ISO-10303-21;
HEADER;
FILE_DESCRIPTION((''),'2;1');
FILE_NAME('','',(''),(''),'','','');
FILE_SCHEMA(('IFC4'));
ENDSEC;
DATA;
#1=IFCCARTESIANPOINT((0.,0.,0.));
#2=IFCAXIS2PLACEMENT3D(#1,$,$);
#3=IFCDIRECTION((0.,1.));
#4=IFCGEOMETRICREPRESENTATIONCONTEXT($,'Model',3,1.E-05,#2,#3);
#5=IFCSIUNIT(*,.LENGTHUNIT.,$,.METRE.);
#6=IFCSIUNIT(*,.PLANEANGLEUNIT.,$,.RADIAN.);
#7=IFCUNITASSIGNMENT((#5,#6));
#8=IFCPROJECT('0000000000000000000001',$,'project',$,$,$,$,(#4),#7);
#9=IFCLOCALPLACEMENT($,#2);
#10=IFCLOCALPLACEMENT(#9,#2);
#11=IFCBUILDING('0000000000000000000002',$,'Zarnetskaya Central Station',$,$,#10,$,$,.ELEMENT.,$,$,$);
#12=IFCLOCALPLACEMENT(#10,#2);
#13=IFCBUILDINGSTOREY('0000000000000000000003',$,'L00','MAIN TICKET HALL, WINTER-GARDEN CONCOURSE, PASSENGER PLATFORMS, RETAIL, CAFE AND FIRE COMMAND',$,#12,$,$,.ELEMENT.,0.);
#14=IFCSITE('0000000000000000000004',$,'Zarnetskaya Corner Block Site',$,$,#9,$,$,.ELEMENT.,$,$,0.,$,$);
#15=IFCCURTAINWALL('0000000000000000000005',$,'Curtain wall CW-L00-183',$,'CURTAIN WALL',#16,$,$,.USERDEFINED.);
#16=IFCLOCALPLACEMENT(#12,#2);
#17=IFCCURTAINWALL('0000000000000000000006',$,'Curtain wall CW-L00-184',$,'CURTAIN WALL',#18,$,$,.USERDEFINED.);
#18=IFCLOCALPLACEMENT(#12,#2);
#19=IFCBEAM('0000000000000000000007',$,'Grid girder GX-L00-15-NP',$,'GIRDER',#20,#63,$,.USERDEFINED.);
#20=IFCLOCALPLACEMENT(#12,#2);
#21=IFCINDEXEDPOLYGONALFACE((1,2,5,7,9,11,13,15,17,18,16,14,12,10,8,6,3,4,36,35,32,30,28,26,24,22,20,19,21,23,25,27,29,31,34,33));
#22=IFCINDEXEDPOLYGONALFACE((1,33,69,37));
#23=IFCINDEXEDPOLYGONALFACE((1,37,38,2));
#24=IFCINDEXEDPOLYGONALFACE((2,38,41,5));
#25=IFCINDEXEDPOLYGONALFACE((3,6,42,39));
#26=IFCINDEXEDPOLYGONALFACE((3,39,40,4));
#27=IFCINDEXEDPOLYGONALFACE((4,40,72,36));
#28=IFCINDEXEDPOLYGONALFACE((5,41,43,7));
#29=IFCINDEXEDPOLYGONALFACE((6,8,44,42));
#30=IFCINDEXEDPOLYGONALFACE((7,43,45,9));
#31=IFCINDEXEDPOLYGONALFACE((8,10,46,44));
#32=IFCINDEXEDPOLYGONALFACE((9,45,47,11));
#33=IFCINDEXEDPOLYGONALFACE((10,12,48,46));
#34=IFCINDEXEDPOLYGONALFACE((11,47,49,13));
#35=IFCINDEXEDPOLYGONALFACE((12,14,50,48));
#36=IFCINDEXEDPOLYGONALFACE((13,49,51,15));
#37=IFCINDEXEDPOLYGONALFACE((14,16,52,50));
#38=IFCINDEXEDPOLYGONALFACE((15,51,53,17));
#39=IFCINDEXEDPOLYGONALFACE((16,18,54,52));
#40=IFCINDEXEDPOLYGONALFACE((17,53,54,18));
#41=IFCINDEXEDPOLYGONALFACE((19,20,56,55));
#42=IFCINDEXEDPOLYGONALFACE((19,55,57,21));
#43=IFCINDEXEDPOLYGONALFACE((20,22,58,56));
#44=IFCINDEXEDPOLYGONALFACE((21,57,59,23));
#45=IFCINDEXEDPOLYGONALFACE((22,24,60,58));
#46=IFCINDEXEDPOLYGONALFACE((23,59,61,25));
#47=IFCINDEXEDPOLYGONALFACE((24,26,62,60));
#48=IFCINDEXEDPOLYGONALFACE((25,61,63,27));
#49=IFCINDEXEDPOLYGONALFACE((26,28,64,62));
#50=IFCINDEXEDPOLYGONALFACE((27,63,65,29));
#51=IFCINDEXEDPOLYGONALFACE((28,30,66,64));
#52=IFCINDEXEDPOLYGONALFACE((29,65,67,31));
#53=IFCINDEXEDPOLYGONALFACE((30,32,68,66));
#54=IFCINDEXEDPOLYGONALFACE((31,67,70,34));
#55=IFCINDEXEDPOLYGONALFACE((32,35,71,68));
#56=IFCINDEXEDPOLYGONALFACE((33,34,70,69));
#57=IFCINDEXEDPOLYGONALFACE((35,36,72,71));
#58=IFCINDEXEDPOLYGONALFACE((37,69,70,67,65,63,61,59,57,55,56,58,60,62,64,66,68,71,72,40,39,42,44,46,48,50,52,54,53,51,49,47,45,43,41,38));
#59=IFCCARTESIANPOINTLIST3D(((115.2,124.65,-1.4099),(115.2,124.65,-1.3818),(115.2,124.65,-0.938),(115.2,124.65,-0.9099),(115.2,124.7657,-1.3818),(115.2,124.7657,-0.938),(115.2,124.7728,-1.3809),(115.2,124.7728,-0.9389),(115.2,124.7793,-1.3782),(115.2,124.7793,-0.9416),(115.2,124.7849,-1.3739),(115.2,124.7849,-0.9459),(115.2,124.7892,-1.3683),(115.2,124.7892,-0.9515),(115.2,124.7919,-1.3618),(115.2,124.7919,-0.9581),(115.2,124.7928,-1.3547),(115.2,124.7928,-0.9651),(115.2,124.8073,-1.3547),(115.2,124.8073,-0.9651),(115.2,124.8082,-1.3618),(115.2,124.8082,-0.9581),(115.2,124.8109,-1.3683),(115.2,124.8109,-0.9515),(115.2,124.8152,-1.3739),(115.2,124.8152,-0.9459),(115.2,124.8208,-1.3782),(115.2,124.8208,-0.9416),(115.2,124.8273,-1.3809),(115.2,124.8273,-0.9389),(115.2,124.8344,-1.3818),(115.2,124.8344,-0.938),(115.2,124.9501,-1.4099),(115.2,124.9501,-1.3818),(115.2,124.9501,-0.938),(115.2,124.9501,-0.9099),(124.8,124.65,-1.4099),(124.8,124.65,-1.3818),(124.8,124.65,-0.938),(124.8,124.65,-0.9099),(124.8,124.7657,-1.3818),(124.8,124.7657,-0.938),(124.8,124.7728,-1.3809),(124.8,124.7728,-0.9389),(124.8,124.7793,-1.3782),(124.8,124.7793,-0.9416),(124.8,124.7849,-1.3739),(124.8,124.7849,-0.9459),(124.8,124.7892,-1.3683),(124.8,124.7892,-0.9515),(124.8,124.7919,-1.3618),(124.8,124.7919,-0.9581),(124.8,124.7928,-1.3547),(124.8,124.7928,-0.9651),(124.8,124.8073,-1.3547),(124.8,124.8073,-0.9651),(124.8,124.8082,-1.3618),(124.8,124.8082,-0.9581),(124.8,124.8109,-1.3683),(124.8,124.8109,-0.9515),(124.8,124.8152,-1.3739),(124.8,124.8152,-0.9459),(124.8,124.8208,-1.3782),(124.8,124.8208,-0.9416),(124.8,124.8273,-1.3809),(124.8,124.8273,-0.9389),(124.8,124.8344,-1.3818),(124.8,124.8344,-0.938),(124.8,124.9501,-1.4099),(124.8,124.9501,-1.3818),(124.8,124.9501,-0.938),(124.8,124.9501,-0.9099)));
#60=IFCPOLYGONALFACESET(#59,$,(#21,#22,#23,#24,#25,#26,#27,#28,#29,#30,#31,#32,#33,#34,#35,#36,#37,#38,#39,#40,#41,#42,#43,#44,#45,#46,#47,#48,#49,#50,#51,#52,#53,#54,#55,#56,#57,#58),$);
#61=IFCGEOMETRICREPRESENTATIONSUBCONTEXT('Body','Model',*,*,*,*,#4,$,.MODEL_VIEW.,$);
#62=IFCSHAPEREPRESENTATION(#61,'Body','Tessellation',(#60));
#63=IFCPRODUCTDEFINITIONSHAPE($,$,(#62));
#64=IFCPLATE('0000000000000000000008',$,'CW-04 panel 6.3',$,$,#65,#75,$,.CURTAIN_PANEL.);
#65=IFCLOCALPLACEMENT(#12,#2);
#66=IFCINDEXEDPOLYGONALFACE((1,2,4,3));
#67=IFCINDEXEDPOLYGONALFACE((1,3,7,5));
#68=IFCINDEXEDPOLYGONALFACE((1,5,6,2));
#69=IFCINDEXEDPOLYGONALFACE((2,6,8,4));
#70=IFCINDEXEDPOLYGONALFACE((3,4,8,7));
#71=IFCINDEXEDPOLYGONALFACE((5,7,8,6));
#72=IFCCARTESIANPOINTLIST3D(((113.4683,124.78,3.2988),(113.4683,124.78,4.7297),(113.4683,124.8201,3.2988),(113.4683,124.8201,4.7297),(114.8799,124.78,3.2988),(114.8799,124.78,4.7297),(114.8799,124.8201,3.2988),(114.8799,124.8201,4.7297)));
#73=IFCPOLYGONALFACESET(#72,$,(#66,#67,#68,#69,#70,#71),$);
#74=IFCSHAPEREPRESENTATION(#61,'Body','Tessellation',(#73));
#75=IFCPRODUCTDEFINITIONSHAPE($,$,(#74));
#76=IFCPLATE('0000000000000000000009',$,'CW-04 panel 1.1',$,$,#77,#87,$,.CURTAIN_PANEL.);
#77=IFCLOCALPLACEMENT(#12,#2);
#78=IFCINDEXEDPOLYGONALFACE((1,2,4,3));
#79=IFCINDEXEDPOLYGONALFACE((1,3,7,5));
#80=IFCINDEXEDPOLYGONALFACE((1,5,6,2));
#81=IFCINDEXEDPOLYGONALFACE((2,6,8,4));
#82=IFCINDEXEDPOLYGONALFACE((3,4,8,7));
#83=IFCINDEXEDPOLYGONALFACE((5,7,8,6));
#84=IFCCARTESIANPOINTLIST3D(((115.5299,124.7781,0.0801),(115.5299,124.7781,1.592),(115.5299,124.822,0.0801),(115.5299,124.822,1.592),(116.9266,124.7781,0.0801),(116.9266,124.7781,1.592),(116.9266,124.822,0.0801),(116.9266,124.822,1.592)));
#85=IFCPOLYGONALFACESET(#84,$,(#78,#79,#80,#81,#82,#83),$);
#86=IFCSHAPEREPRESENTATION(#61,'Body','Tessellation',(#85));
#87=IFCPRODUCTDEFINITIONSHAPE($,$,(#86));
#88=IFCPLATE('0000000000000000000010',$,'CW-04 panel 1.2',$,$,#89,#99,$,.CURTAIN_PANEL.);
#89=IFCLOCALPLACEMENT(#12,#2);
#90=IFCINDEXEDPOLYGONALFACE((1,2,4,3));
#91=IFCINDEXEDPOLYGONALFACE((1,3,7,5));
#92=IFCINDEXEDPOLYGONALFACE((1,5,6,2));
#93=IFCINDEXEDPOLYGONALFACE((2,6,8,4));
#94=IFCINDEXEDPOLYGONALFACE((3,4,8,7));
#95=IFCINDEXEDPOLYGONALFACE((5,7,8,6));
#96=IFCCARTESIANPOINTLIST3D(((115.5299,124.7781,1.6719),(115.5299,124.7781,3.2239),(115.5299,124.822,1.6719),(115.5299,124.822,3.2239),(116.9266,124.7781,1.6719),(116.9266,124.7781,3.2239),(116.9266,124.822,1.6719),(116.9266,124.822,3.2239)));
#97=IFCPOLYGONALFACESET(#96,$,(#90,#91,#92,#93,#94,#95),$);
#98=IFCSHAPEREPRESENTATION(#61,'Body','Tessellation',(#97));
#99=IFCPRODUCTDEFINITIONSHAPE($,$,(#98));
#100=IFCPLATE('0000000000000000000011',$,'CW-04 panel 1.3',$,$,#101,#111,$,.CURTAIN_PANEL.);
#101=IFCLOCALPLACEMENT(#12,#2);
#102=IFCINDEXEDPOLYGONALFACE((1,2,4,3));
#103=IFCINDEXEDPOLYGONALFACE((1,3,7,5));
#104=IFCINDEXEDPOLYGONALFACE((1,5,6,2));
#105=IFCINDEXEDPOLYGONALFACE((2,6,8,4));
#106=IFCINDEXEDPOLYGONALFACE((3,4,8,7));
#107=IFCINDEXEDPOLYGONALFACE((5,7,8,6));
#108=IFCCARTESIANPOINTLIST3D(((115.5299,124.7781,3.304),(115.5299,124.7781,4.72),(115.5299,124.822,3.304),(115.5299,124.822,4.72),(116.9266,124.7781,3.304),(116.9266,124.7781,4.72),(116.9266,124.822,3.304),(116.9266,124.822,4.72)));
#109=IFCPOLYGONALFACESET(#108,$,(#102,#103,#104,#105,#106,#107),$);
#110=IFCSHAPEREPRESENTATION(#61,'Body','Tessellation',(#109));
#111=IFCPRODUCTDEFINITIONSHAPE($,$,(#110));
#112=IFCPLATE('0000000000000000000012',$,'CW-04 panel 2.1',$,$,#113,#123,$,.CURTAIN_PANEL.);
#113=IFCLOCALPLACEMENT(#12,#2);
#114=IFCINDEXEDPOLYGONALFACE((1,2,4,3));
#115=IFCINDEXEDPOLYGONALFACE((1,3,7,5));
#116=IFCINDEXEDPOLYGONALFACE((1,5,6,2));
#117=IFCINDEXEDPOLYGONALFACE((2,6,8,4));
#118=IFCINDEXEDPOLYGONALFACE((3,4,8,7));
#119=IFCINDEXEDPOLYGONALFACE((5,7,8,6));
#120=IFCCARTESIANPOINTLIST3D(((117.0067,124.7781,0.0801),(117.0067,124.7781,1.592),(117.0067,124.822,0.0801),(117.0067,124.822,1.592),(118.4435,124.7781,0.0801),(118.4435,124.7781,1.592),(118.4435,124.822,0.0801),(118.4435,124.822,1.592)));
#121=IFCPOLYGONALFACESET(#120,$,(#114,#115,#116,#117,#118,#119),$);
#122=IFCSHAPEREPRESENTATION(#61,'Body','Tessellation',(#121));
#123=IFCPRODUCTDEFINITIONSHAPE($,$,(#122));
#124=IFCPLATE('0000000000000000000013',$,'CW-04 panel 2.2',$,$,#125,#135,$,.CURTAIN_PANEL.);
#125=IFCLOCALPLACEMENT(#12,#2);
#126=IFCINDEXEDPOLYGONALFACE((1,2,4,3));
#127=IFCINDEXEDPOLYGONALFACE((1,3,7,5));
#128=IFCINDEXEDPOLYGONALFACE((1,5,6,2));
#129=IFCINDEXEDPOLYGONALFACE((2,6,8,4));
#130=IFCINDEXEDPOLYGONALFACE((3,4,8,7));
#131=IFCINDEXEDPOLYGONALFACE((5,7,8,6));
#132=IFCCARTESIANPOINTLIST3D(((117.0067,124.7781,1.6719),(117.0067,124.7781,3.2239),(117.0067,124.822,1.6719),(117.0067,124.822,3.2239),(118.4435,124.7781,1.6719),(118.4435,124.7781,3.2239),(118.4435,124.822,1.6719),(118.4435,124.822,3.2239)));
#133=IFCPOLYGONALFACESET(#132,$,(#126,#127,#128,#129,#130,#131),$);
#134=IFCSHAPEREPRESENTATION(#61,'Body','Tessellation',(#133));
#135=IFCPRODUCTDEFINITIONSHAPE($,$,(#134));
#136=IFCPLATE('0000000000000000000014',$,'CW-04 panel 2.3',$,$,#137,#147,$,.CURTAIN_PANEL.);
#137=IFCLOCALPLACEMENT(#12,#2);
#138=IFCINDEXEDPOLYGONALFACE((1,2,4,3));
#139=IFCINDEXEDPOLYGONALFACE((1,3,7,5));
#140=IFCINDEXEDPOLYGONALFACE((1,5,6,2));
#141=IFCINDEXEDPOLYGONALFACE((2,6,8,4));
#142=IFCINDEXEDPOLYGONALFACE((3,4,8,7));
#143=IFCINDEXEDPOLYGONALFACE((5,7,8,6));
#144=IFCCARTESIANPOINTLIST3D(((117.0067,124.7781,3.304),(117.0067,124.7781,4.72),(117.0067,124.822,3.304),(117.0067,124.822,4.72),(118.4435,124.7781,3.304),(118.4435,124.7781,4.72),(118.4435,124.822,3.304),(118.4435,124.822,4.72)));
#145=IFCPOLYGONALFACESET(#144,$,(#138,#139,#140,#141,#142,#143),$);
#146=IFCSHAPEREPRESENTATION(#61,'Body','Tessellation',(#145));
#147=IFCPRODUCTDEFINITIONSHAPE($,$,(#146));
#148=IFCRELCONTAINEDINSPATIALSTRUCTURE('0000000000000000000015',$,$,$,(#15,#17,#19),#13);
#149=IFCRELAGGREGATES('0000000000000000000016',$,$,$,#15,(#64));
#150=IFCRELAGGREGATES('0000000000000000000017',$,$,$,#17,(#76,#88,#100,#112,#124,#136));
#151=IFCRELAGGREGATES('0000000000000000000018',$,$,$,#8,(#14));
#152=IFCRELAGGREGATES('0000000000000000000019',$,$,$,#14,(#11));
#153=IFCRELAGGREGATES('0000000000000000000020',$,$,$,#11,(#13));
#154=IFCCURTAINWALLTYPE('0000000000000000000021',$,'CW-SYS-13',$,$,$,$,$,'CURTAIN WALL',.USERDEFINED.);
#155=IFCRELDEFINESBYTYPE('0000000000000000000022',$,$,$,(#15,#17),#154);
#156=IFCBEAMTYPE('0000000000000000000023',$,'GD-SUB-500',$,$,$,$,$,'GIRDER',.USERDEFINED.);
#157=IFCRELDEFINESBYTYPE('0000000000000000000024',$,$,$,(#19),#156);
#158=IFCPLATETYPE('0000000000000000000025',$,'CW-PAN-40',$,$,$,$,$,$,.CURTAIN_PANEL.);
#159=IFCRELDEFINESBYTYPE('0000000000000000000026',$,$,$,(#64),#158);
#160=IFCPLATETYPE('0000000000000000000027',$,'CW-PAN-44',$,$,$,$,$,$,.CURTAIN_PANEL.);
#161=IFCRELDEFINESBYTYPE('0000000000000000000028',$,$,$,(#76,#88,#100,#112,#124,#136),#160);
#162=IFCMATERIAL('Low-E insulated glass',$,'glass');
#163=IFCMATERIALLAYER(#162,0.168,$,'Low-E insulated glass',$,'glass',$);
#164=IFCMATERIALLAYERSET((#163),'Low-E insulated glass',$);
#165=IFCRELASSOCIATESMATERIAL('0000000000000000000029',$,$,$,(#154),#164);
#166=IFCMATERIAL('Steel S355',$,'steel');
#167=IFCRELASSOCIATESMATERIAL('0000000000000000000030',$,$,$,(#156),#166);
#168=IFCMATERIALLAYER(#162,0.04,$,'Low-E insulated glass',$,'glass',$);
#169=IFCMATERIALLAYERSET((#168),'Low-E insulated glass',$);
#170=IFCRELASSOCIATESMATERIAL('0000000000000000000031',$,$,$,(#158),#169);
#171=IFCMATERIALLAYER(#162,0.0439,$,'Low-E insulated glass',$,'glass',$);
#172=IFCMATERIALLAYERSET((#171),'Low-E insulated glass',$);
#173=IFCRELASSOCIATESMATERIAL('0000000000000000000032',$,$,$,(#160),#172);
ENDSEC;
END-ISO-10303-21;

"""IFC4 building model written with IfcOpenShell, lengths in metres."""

from ifc_helpers import new_model, si_unit, direction, frame, origin, origin_2d, place, context, subcontext, project, spatial, rectangle, i_section, extrude, material, layer, layer_set, material_profile, profile_set, type_object, element, aggregate, save


model = new_model("IFC4")

# Units and contexts
model_context = context("Model", 3, precision=1e-05, world=origin(), true_north=direction((0.0, 1.0)))
body_context = subcontext(model_context, "Body", "Model", "MODEL_VIEW")
ifc_project = project(units=[si_unit("LENGTHUNIT", "METRE"), si_unit("PLANEANGLEUNIT", "RADIAN")], contexts=[model_context])

# Site, building, storey
site_placement = place(None, origin())
site = spatial("IfcSite", under=ifc_project, at=site_placement, Name="Zarnetskaya Corner Block Site", CompositionType="ELEMENT", RefElevation=0.0)
building_placement = place(site_placement, origin())
building = spatial("IfcBuilding", under=site, at=building_placement, Name="Zarnetskaya Central Station", CompositionType="ELEMENT")
storey_placement = place(building_placement, origin())
storey = spatial("IfcBuildingStorey", under=building, at=storey_placement, Name="L00", Description="MAIN TICKET HALL, WINTER-GARDEN CONCOURSE, PASSENGER PLATFORMS, RETAIL, CAFE AND FIRE COMMAND", CompositionType="ELEMENT", Elevation=0.0)

# Shared definitions
ifc_material_1 = material(Name="Steel S355", Category="steel")

# Curtain wall
ifc_material_2 = material(Name="Low-E insulated glass", Category="glass")
ifc_layer_1 = layer(ifc_material_2, 0.168, Name="Low-E insulated glass", Category="glass")
ifc_layer_set_1 = layer_set([ifc_layer_1], Name="Low-E insulated glass")
curtain_wall_type = type_object("IfcCurtainWallType", Name="CW-SYS-13", ElementType="CURTAIN WALL", PredefinedType="USERDEFINED", material=ifc_layer_set_1)
curtain_wall_1_placement = place(storey_placement, origin())
curtain_wall_1 = element("IfcCurtainWall", 1, at=curtain_wall_1_placement, inside=storey, type_object=curtain_wall_type, Name="Curtain wall CW-L00-183", ObjectType="CURTAIN WALL", PredefinedType="USERDEFINED")

# Curtain wall
curtain_wall_2_placement = place(storey_placement, origin())
curtain_wall_2 = element("IfcCurtainWall", 2, at=curtain_wall_2_placement, inside=storey, type_object=curtain_wall_type, Name="Curtain wall CW-L00-184", ObjectType="CURTAIN WALL", PredefinedType="USERDEFINED")

# Beam
ifc_material_profile_1 = material_profile(ifc_material_1, i_section(OverallWidth=0.3, OverallDepth=0.5, WebThickness=0.0144, FlangeThickness=0.0281, FilletRadius=0.0271, at=origin_2d()), Name="HEB 500")
ifc_profile_set_1 = profile_set([ifc_material_profile_1], Name="Steel S355")
beam_type = type_object("IfcBeamType", Name="GD-SUB-500", ElementType="GIRDER", PredefinedType="USERDEFINED", material=ifc_profile_set_1)
beam_placement = place(storey_placement, frame((115.2, 124.8, -1.1599), z_axis=(1.0, 0.0, 0.0), x_axis=(0.0, 1.0, 0.0)))
element("IfcBeam", 3, at=beam_placement, inside=storey, type_object=beam_type, Name="Grid girder GX-L00-15-NP", ObjectType="GIRDER", PredefinedType="USERDEFINED", context=body_context, shape_type="SweptSolid", body=[
    extrude(i_section(OverallWidth=0.3, OverallDepth=0.5, WebThickness=0.0144, FlangeThickness=0.0281, FilletRadius=0.0271, at=origin_2d()), origin(), (0.0, 0.0, 1.0), 9.6001),
])

# Plates
ifc_layer_2 = layer(ifc_material_2, 0.04, Name="Low-E insulated glass", Category="glass")
ifc_layer_set_2 = layer_set([ifc_layer_2], Name="Low-E insulated glass")
plate_type_1 = type_object("IfcPlateType", Name="CW-PAN-40", PredefinedType="CURTAIN_PANEL", material=ifc_layer_set_2)
plate_1_placement = place(storey_placement, frame((114.1741, 124.8, 3.2988), z_axis=(0.0, 0.0, 1.0), x_axis=(1.0, 0.0, 0.0)))
plate_1 = element("IfcPlate", 4, at=plate_1_placement, type_object=plate_type_1, Name="CW-04 panel 6.3", PredefinedType="CURTAIN_PANEL", context=body_context, shape_type="SweptSolid", body=[
    extrude(rectangle(XDim=1.4116, YDim=0.04, at=origin_2d()), origin(), (0.0, 0.0, 1.0), 1.4309),
])
aggregate(curtain_wall_1, [plate_1])
ifc_layer_3 = layer(ifc_material_2, 0.0439, Name="Low-E insulated glass", Category="glass")
ifc_layer_set_3 = layer_set([ifc_layer_3], Name="Low-E insulated glass")
plate_type_2 = type_object("IfcPlateType", Name="CW-PAN-44", PredefinedType="CURTAIN_PANEL", material=ifc_layer_set_3)
plate_2_placement = place(storey_placement, frame((116.2283, 124.8, 0.0801), z_axis=(0.0, 0.0, 1.0), x_axis=(1.0, 0.0, 0.0)))
plate_2 = element("IfcPlate", 5, at=plate_2_placement, type_object=plate_type_2, Name="CW-04 panel 1.1", PredefinedType="CURTAIN_PANEL", context=body_context, shape_type="SweptSolid", body=[
    extrude(rectangle(XDim=1.3967, YDim=0.0439, at=origin_2d()), origin(), (0.0, 0.0, 1.0), 1.512),
])
plate_3_placement = place(storey_placement, frame((116.2283, 124.8, 1.6719), z_axis=(0.0, 0.0, 1.0), x_axis=(1.0, 0.0, 0.0)))
plate_3 = element("IfcPlate", 6, at=plate_3_placement, type_object=plate_type_2, Name="CW-04 panel 1.2", PredefinedType="CURTAIN_PANEL", context=body_context, shape_type="SweptSolid", body=[
    extrude(rectangle(XDim=1.3967, YDim=0.0439, at=origin_2d()), origin(), (0.0, 0.0, 1.0), 1.552),
])
plate_4_placement = place(storey_placement, frame((116.2283, 124.8, 3.304), z_axis=(0.0, 0.0, 1.0), x_axis=(1.0, 0.0, 0.0)))
plate_4 = element("IfcPlate", 7, at=plate_4_placement, type_object=plate_type_2, Name="CW-04 panel 1.3", PredefinedType="CURTAIN_PANEL", context=body_context, shape_type="SweptSolid", body=[
    extrude(rectangle(XDim=1.3967, YDim=0.0439, at=origin_2d()), origin(), (0.0, 0.0, 1.0), 1.416),
])
plate_5_placement = place(storey_placement, frame((117.7251, 124.8, 0.0801), z_axis=(0.0, 0.0, 1.0), x_axis=(1.0, 0.0, 0.0)))
plate_5 = element("IfcPlate", 8, at=plate_5_placement, type_object=plate_type_2, Name="CW-04 panel 2.1", PredefinedType="CURTAIN_PANEL", context=body_context, shape_type="SweptSolid", body=[
    extrude(rectangle(XDim=1.4368, YDim=0.0439, at=origin_2d()), origin(), (0.0, 0.0, 1.0), 1.512),
])
plate_6_placement = place(storey_placement, frame((117.7251, 124.8, 1.6719), z_axis=(0.0, 0.0, 1.0), x_axis=(1.0, 0.0, 0.0)))
plate_6 = element("IfcPlate", 9, at=plate_6_placement, type_object=plate_type_2, Name="CW-04 panel 2.2", PredefinedType="CURTAIN_PANEL", context=body_context, shape_type="SweptSolid", body=[
    extrude(rectangle(XDim=1.4368, YDim=0.0439, at=origin_2d()), origin(), (0.0, 0.0, 1.0), 1.552),
])
plate_7_placement = place(storey_placement, frame((117.7251, 124.8, 3.304), z_axis=(0.0, 0.0, 1.0), x_axis=(1.0, 0.0, 0.0)))
plate_7 = element("IfcPlate", 10, at=plate_7_placement, type_object=plate_type_2, Name="CW-04 panel 2.3", PredefinedType="CURTAIN_PANEL", context=body_context, shape_type="SweptSolid", body=[
    extrude(rectangle(XDim=1.4368, YDim=0.0439, at=origin_2d()), origin(), (0.0, 0.0, 1.0), 1.416),
])
aggregate(curtain_wall_2, [plate_2, plate_3, plate_4, plate_5, plate_6, plate_7])

save(model, "model.ifc")
